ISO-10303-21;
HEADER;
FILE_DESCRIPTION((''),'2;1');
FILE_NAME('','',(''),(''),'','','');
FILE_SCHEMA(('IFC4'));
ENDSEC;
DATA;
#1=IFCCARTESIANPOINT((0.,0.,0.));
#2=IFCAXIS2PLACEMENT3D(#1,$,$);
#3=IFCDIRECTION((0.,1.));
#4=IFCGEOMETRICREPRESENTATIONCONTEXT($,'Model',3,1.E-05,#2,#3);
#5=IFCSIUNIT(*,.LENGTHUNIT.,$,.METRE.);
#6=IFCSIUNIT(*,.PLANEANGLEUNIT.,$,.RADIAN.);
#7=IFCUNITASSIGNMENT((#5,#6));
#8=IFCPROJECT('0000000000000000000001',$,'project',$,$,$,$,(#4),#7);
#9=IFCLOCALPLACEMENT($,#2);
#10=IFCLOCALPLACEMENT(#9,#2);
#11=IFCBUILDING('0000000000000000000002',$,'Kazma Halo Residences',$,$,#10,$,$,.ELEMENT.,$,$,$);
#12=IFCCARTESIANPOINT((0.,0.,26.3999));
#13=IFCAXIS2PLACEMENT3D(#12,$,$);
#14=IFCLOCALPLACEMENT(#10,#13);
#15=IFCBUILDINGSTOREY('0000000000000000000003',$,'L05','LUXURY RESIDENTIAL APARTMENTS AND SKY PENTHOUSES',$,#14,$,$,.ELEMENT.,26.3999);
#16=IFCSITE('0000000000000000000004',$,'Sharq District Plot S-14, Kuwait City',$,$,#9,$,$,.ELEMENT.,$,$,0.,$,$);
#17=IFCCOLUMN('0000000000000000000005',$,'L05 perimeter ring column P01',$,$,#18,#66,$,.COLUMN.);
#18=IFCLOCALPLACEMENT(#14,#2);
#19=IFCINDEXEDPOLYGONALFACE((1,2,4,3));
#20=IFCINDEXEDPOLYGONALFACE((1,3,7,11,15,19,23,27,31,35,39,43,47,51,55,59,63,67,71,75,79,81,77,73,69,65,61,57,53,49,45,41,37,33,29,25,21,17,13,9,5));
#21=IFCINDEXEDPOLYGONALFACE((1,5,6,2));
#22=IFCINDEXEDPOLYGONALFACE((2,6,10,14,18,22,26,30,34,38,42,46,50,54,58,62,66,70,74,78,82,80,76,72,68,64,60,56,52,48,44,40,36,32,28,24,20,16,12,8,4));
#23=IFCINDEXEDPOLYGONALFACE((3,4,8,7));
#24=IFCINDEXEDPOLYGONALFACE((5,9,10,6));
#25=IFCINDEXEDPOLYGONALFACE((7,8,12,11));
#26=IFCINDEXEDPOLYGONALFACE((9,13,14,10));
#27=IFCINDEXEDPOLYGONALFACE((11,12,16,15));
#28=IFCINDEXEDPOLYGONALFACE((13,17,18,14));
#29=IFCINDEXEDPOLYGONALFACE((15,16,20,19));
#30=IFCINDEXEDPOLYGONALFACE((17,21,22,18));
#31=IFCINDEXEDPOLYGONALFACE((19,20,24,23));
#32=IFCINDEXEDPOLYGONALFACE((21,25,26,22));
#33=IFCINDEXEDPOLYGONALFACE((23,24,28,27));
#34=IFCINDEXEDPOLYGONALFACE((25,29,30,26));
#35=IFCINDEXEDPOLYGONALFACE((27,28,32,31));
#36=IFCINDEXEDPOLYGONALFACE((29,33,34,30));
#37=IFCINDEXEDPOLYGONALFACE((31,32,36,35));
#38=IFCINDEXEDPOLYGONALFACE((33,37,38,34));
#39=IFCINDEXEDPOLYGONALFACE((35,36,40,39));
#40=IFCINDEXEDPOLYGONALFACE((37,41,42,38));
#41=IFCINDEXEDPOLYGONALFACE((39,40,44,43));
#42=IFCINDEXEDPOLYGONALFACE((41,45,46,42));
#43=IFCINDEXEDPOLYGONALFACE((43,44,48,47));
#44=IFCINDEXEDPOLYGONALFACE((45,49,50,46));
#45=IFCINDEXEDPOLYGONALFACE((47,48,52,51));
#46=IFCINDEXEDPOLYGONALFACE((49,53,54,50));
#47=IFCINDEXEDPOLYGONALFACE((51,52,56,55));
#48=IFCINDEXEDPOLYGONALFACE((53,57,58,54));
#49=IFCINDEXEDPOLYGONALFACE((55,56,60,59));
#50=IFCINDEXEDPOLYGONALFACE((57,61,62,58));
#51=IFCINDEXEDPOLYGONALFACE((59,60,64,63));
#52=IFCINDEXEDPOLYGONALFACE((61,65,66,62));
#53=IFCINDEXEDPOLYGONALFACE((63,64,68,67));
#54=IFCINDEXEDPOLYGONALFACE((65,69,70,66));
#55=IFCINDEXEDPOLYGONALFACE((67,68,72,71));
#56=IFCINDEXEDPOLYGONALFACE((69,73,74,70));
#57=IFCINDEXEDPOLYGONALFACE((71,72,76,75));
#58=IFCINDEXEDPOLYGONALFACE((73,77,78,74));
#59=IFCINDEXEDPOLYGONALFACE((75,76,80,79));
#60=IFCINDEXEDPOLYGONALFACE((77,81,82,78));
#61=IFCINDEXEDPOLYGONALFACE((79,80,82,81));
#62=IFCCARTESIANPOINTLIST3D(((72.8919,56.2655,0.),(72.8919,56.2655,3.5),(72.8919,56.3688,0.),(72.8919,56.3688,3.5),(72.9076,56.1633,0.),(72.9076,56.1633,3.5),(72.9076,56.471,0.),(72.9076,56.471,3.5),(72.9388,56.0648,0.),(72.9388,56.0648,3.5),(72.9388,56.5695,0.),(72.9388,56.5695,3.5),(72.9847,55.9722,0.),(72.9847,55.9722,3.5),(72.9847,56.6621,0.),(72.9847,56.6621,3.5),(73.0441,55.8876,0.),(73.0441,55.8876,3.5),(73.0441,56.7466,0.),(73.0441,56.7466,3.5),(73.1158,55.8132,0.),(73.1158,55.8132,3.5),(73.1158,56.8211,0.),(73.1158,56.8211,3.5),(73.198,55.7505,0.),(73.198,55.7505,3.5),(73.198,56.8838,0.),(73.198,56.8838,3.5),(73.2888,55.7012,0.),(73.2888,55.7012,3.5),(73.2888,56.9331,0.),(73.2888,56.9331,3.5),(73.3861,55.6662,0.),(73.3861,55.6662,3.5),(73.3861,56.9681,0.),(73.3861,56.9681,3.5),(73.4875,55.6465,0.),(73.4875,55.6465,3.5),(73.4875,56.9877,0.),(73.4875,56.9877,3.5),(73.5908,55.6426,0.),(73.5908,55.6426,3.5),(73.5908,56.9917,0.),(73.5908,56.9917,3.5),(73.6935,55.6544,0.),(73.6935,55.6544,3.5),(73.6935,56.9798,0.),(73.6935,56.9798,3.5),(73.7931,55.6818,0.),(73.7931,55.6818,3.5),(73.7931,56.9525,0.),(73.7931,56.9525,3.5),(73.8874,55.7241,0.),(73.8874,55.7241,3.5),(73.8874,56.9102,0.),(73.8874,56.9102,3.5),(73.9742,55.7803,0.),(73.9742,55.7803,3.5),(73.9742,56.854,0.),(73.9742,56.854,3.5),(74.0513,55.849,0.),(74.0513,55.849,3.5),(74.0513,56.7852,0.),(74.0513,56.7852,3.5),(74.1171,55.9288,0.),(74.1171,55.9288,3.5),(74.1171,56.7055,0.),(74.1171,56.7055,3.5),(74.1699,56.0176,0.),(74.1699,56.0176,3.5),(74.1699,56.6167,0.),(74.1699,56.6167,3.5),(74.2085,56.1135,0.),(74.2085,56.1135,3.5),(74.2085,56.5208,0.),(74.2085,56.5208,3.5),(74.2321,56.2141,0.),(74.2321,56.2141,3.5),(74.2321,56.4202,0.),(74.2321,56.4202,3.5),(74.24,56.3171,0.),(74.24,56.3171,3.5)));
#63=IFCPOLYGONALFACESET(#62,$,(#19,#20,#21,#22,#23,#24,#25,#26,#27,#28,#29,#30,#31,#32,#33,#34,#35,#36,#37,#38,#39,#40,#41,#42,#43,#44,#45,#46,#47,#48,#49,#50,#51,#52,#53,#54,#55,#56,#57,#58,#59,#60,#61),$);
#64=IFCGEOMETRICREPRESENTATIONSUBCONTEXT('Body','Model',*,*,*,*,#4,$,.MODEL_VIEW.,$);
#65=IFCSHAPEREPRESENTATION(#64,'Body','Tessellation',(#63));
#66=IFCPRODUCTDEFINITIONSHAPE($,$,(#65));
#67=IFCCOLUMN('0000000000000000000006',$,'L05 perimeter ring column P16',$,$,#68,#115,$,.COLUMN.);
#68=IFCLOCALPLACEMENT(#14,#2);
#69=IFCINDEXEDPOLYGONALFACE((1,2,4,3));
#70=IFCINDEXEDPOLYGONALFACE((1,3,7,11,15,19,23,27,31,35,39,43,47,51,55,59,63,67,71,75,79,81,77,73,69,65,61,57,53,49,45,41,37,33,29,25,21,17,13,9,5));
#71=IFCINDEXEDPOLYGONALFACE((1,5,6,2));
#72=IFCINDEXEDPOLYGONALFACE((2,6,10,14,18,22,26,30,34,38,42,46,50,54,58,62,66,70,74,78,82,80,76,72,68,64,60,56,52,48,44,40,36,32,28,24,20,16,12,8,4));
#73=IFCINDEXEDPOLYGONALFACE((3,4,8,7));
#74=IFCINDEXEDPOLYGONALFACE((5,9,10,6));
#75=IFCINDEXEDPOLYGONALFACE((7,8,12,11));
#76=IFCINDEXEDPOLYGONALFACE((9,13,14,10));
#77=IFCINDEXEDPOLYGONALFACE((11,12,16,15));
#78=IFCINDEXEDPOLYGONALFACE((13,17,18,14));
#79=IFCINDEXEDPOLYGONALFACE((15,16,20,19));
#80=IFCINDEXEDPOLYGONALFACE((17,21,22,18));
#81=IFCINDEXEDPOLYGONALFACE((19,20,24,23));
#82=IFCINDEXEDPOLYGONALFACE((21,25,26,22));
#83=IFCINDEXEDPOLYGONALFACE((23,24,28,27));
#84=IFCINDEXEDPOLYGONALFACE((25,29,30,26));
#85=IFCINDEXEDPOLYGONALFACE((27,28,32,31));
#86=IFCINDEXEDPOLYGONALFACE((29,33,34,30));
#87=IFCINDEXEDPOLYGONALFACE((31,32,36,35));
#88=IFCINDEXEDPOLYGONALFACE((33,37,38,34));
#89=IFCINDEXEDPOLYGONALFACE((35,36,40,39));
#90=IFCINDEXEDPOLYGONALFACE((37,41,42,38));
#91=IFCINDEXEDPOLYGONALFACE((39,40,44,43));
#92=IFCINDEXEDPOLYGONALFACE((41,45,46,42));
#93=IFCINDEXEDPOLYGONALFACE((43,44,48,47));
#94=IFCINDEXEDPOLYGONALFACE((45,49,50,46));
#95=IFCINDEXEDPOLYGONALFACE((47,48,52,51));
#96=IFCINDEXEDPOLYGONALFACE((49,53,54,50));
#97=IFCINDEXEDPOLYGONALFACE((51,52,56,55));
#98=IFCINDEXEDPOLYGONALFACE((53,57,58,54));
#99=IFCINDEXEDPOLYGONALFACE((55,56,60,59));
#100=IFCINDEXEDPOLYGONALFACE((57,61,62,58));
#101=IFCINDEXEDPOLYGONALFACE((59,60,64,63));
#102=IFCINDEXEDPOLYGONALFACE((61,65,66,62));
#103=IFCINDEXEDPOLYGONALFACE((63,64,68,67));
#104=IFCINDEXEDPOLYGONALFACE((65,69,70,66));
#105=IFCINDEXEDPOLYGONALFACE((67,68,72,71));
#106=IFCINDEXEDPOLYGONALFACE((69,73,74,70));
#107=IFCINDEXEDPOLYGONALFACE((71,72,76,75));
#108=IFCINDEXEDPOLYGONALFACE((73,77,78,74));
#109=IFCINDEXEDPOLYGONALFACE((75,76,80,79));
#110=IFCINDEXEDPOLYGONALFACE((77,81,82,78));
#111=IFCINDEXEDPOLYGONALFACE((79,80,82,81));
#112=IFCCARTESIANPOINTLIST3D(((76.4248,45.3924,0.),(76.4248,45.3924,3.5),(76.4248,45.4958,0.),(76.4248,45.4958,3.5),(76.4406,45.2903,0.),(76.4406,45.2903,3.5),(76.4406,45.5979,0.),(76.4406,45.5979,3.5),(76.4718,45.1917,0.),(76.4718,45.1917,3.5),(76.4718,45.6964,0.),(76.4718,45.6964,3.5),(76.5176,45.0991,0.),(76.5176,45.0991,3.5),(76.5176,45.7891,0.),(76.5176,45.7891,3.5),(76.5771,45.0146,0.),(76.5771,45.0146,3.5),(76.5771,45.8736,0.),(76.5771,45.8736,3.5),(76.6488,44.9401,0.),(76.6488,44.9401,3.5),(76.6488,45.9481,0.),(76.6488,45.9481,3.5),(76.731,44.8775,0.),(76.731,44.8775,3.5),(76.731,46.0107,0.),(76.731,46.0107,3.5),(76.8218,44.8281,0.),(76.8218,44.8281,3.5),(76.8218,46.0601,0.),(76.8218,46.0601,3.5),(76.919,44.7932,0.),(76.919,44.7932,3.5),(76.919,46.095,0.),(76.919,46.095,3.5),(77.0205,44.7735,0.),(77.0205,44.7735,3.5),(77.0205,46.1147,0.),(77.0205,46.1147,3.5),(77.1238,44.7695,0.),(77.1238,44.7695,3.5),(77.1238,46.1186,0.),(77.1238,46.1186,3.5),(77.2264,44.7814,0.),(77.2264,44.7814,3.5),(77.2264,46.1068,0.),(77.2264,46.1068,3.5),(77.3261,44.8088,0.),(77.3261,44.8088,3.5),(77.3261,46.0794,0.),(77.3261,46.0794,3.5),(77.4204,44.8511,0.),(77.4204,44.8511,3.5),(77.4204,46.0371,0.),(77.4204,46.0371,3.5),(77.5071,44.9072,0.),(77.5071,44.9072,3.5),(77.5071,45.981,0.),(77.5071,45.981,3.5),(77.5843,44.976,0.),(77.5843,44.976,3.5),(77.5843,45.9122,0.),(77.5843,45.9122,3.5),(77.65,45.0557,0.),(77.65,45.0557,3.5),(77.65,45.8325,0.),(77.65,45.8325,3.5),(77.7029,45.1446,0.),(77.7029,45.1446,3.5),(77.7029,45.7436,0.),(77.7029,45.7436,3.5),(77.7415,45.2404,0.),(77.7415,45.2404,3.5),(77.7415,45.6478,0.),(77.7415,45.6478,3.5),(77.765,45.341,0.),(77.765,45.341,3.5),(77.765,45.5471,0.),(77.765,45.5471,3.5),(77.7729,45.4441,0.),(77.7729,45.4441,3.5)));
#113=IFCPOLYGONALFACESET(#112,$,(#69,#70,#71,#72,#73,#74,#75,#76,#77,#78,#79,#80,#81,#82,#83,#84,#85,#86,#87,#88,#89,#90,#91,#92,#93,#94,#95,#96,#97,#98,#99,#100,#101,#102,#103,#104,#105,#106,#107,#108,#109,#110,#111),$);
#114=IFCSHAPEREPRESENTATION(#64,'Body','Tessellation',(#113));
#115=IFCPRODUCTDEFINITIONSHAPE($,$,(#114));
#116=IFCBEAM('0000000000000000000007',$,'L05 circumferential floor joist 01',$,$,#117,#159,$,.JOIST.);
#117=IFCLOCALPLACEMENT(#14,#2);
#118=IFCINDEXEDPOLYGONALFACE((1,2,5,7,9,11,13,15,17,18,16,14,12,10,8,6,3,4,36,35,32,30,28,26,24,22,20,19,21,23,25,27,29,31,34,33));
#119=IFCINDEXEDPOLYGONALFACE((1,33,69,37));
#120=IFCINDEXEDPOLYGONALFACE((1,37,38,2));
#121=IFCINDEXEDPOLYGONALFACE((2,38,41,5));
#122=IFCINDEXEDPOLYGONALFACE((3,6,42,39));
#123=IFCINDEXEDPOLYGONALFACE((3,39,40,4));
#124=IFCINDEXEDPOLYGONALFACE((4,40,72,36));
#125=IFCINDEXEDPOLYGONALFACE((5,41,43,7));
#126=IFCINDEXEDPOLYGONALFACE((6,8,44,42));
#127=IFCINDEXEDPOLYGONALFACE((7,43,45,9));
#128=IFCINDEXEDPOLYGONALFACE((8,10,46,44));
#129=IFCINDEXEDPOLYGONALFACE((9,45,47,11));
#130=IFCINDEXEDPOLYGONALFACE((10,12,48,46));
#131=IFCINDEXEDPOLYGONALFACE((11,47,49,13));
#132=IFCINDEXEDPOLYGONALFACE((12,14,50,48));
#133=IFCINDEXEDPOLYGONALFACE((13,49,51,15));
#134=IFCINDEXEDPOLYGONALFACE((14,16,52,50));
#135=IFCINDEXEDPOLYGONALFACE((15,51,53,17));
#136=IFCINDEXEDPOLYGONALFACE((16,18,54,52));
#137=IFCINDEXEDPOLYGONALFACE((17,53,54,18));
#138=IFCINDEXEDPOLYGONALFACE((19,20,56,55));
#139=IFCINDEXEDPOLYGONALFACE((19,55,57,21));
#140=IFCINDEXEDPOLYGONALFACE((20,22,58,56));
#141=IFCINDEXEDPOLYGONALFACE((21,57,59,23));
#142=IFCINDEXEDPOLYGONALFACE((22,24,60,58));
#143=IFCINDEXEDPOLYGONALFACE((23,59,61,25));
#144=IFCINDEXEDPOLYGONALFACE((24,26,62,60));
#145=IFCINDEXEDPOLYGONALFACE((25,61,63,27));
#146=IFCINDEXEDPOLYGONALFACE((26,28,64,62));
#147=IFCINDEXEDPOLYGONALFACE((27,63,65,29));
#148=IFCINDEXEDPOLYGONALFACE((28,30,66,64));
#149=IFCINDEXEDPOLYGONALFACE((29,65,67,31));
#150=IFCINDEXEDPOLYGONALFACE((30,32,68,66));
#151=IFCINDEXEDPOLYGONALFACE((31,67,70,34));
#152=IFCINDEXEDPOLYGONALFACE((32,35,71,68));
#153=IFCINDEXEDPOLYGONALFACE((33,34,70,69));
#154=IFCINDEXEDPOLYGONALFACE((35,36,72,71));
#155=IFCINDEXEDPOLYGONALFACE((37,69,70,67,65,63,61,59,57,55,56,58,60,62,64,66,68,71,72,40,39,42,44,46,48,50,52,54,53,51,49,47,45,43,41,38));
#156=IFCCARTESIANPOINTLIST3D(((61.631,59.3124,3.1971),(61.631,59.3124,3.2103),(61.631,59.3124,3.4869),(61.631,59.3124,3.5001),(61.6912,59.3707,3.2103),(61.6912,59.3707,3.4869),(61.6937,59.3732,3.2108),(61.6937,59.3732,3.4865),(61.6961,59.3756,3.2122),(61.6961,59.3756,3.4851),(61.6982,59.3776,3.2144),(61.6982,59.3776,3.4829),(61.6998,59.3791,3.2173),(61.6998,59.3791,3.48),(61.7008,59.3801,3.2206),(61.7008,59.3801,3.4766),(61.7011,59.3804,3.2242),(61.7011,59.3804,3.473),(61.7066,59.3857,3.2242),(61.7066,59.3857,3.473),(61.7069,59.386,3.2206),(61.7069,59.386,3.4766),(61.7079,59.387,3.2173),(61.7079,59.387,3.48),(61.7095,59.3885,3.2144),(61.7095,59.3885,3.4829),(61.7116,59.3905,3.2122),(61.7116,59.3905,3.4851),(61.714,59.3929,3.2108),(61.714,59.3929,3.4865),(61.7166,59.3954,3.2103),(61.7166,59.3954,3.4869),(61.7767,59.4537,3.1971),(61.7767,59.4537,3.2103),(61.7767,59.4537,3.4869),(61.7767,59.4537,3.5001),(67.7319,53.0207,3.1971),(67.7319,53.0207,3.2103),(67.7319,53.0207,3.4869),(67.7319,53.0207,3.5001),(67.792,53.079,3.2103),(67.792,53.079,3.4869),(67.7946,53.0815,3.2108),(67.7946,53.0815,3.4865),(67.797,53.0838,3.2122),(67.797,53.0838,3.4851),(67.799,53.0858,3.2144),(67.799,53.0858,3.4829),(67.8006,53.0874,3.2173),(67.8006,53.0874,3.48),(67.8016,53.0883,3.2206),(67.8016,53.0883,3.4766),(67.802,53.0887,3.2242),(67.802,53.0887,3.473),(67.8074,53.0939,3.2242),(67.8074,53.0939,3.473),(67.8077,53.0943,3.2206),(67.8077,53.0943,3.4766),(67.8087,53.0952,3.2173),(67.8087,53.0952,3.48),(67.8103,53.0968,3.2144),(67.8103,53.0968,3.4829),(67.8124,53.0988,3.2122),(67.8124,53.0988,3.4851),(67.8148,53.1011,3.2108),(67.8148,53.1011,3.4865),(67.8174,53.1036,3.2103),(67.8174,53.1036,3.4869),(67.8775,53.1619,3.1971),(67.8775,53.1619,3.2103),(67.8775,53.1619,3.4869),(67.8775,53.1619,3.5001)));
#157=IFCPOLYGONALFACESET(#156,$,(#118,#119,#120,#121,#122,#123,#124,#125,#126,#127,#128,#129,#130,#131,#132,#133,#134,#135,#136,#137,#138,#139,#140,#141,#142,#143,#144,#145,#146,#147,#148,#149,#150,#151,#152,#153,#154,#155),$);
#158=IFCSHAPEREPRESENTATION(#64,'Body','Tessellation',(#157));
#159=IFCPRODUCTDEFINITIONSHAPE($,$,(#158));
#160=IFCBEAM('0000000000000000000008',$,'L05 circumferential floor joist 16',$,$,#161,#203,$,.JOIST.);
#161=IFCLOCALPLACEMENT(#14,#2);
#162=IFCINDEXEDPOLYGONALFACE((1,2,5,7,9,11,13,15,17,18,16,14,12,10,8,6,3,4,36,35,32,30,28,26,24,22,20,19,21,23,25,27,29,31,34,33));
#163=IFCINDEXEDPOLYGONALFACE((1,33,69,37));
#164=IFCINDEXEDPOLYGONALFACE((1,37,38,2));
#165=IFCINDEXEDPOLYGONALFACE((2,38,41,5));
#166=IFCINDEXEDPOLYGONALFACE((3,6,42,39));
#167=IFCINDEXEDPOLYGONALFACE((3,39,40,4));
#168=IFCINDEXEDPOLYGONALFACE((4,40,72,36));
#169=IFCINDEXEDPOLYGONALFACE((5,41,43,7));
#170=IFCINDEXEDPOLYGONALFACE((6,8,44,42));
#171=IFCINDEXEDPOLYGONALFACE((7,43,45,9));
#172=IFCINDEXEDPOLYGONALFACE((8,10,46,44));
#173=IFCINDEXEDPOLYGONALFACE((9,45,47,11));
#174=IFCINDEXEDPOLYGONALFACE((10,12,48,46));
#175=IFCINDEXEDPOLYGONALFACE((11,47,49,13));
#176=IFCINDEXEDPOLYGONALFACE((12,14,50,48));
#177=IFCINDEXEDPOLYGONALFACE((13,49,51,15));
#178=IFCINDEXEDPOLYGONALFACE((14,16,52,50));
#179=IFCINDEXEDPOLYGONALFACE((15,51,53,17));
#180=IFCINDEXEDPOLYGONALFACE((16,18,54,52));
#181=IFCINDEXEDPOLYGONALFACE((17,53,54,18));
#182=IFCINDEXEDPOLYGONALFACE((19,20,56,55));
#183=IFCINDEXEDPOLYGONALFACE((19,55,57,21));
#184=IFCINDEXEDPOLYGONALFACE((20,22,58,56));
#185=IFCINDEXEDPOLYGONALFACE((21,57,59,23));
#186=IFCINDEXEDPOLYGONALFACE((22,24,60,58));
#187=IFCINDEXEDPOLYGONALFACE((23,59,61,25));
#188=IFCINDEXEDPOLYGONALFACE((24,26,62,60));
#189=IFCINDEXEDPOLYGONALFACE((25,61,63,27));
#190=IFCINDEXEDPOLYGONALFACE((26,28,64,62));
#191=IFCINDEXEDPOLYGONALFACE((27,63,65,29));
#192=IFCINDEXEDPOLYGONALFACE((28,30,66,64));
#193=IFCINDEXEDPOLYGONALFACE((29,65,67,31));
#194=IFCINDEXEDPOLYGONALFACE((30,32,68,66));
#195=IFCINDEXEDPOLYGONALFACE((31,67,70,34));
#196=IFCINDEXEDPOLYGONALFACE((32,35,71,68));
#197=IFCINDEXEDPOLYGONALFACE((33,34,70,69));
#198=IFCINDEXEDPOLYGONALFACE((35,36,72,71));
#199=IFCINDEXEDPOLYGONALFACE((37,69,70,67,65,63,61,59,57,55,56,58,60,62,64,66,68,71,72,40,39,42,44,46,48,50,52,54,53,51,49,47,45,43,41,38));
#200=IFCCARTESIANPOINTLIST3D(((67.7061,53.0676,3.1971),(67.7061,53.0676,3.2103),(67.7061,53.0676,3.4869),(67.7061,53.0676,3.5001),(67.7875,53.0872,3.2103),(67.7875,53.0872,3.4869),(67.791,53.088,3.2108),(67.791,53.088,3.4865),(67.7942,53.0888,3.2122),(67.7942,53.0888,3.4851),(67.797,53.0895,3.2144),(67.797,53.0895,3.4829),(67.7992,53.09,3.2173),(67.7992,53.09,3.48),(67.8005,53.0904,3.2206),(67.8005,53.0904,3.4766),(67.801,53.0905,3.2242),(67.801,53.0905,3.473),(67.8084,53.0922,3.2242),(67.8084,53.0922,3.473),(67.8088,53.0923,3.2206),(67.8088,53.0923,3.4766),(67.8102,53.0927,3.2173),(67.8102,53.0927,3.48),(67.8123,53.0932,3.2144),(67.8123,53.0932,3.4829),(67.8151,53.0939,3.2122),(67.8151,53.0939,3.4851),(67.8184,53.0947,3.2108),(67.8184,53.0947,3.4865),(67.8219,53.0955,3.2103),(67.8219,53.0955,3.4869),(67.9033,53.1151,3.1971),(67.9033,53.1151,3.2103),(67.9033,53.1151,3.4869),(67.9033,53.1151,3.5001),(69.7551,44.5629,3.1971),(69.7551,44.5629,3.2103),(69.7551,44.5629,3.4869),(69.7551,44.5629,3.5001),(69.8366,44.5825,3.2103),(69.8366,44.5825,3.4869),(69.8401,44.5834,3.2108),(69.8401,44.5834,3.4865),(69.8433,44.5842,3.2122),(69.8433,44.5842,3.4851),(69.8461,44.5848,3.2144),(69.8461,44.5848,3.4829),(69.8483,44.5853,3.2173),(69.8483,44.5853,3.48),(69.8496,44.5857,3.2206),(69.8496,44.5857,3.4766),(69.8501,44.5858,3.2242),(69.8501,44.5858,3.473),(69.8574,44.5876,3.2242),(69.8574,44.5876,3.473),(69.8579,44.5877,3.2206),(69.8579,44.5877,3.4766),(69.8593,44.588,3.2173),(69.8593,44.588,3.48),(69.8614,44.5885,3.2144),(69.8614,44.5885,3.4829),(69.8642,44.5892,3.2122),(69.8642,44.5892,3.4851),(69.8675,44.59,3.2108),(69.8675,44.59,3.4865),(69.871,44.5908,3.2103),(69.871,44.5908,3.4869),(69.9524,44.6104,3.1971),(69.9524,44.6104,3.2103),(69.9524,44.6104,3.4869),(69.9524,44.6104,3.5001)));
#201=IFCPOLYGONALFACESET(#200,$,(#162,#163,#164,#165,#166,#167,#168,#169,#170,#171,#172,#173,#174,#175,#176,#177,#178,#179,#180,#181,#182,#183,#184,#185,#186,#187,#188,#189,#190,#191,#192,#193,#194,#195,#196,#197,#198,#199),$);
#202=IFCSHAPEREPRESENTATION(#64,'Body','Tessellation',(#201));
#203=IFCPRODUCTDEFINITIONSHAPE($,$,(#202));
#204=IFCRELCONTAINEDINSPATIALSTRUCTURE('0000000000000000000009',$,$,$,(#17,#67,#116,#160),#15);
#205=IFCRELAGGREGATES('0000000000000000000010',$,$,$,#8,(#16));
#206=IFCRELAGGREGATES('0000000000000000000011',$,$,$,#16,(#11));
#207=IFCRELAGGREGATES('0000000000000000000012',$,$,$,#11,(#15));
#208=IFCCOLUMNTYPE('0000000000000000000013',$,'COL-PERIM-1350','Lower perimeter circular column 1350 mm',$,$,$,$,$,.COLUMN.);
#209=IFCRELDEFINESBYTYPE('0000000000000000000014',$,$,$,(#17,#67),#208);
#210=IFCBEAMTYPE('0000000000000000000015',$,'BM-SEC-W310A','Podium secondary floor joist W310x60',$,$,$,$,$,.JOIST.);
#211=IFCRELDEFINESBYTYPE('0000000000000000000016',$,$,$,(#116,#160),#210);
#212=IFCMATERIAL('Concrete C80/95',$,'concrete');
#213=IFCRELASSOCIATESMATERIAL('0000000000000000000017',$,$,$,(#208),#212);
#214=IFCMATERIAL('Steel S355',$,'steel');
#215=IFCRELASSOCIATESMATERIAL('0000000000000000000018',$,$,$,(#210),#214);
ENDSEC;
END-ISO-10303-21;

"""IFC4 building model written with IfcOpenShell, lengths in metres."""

from ifc_helpers import new_model, si_unit, direction, frame, origin, origin_2d, place, context, subcontext, project, spatial, circle, i_section, extrude, material, material_profile, profile_set, type_object, element, save


model = new_model("IFC4")

# Units and contexts
model_context = context("Model", 3, precision=1e-05, world=origin(), true_north=direction((0.0, 1.0)))
body_context = subcontext(model_context, "Body", "Model", "MODEL_VIEW")
ifc_project = project(units=[si_unit("LENGTHUNIT", "METRE"), si_unit("PLANEANGLEUNIT", "RADIAN")], contexts=[model_context])

# Site, building, storey
site_placement = place(None, origin())
site = spatial("IfcSite", under=ifc_project, at=site_placement, Name="Sharq District Plot S-14, Kuwait City", CompositionType="ELEMENT", RefElevation=0.0)
building_placement = place(site_placement, origin())
building = spatial("IfcBuilding", under=site, at=building_placement, Name="Kazma Halo Residences", CompositionType="ELEMENT")
storey_placement = place(building_placement, frame((0.0, 0.0, 26.3999)))
storey = spatial("IfcBuildingStorey", under=building, at=storey_placement, Name="L05", Description="LUXURY RESIDENTIAL APARTMENTS AND SKY PENTHOUSES", CompositionType="ELEMENT", Elevation=26.3999)

# Columns
ifc_material_1 = material(Name="Concrete C80/95", Category="concrete")
ifc_material_profile_1 = material_profile(ifc_material_1, circle(Radius=0.675, at=origin_2d()), Name="CIRC1350")
ifc_profile_set_1 = profile_set([ifc_material_profile_1], Name="Concrete C80/95")
column_type = type_object("IfcColumnType", Name="COL-PERIM-1350", Description="Lower perimeter circular column 1350 mm", PredefinedType="COLUMN", material=ifc_profile_set_1)
for number, where, z_axis, x_axis, name in (
    (1, (73.5649, 56.3171, 0.0), (0.0, 0.0, 1.0), (1.0, 0.0, 0.0), "L05 perimeter ring column P01"),
    (2, (77.0979, 45.4441, 0.0), (0.0, 0.0, 1.0), (1.0, 0.0, 0.0), "L05 perimeter ring column P16"),
):
    element("IfcColumn", number, at=place(storey_placement, frame(where, z_axis=z_axis, x_axis=x_axis)), inside=storey, type_object=column_type, Name=name, PredefinedType="COLUMN", context=body_context, shape_type="SweptSolid", body=[
        extrude(circle(Radius=0.675, at=origin_2d()), origin(), (0.0, 0.0, 1.0), 3.5),
    ])

# Beams
ifc_material_2 = material(Name="Steel S355", Category="steel")
ifc_material_profile_2 = material_profile(ifc_material_2, i_section(OverallWidth=0.2029, OverallDepth=0.303, WebThickness=0.0076, FlangeThickness=0.0132, FilletRadius=0.0139, at=origin_2d()), Name="W310x60")
ifc_profile_set_2 = profile_set([ifc_material_profile_2], Name="Steel S355")
beam_type_1 = type_object("IfcBeamType", Name="BM-SEC-W310A", Description="Podium secondary floor joist W310x60", PredefinedType="JOIST", material=ifc_profile_set_2)
beam_1_placement = place(storey_placement, frame((67.8047, 53.0913, 3.3486), z_axis=(-0.696131, 0.717915, 0.0), x_axis=(-0.717915, -0.696131, 0.0)))
element("IfcBeam", 3, at=beam_1_placement, inside=storey, type_object=beam_type_1, Name="L05 circumferential floor joist 01", PredefinedType="JOIST", context=body_context, shape_type="SweptSolid", body=[
    extrude(i_section(OverallWidth=0.2029, OverallDepth=0.303, WebThickness=0.0076, FlangeThickness=0.0132, FilletRadius=0.0139, at=origin_2d()), origin(), (0.0, 0.0, 1.0), 8.7639),
])
beam_2_placement = place(storey_placement, frame((69.8538, 44.5867, 3.3486), z_axis=(-0.234233, 0.97218, 0.0), x_axis=(-0.97218, -0.234233, 0.0)))
element("IfcBeam", 4, at=beam_2_placement, inside=storey, type_object=beam_type_1, Name="L05 circumferential floor joist 16", PredefinedType="JOIST", context=body_context, shape_type="SweptSolid", body=[
    extrude(i_section(OverallWidth=0.2029, OverallDepth=0.303, WebThickness=0.0076, FlangeThickness=0.0132, FilletRadius=0.0139, at=origin_2d()), origin(), (0.0, 0.0, 1.0), 8.748),
])

save(model, "model.ifc")
